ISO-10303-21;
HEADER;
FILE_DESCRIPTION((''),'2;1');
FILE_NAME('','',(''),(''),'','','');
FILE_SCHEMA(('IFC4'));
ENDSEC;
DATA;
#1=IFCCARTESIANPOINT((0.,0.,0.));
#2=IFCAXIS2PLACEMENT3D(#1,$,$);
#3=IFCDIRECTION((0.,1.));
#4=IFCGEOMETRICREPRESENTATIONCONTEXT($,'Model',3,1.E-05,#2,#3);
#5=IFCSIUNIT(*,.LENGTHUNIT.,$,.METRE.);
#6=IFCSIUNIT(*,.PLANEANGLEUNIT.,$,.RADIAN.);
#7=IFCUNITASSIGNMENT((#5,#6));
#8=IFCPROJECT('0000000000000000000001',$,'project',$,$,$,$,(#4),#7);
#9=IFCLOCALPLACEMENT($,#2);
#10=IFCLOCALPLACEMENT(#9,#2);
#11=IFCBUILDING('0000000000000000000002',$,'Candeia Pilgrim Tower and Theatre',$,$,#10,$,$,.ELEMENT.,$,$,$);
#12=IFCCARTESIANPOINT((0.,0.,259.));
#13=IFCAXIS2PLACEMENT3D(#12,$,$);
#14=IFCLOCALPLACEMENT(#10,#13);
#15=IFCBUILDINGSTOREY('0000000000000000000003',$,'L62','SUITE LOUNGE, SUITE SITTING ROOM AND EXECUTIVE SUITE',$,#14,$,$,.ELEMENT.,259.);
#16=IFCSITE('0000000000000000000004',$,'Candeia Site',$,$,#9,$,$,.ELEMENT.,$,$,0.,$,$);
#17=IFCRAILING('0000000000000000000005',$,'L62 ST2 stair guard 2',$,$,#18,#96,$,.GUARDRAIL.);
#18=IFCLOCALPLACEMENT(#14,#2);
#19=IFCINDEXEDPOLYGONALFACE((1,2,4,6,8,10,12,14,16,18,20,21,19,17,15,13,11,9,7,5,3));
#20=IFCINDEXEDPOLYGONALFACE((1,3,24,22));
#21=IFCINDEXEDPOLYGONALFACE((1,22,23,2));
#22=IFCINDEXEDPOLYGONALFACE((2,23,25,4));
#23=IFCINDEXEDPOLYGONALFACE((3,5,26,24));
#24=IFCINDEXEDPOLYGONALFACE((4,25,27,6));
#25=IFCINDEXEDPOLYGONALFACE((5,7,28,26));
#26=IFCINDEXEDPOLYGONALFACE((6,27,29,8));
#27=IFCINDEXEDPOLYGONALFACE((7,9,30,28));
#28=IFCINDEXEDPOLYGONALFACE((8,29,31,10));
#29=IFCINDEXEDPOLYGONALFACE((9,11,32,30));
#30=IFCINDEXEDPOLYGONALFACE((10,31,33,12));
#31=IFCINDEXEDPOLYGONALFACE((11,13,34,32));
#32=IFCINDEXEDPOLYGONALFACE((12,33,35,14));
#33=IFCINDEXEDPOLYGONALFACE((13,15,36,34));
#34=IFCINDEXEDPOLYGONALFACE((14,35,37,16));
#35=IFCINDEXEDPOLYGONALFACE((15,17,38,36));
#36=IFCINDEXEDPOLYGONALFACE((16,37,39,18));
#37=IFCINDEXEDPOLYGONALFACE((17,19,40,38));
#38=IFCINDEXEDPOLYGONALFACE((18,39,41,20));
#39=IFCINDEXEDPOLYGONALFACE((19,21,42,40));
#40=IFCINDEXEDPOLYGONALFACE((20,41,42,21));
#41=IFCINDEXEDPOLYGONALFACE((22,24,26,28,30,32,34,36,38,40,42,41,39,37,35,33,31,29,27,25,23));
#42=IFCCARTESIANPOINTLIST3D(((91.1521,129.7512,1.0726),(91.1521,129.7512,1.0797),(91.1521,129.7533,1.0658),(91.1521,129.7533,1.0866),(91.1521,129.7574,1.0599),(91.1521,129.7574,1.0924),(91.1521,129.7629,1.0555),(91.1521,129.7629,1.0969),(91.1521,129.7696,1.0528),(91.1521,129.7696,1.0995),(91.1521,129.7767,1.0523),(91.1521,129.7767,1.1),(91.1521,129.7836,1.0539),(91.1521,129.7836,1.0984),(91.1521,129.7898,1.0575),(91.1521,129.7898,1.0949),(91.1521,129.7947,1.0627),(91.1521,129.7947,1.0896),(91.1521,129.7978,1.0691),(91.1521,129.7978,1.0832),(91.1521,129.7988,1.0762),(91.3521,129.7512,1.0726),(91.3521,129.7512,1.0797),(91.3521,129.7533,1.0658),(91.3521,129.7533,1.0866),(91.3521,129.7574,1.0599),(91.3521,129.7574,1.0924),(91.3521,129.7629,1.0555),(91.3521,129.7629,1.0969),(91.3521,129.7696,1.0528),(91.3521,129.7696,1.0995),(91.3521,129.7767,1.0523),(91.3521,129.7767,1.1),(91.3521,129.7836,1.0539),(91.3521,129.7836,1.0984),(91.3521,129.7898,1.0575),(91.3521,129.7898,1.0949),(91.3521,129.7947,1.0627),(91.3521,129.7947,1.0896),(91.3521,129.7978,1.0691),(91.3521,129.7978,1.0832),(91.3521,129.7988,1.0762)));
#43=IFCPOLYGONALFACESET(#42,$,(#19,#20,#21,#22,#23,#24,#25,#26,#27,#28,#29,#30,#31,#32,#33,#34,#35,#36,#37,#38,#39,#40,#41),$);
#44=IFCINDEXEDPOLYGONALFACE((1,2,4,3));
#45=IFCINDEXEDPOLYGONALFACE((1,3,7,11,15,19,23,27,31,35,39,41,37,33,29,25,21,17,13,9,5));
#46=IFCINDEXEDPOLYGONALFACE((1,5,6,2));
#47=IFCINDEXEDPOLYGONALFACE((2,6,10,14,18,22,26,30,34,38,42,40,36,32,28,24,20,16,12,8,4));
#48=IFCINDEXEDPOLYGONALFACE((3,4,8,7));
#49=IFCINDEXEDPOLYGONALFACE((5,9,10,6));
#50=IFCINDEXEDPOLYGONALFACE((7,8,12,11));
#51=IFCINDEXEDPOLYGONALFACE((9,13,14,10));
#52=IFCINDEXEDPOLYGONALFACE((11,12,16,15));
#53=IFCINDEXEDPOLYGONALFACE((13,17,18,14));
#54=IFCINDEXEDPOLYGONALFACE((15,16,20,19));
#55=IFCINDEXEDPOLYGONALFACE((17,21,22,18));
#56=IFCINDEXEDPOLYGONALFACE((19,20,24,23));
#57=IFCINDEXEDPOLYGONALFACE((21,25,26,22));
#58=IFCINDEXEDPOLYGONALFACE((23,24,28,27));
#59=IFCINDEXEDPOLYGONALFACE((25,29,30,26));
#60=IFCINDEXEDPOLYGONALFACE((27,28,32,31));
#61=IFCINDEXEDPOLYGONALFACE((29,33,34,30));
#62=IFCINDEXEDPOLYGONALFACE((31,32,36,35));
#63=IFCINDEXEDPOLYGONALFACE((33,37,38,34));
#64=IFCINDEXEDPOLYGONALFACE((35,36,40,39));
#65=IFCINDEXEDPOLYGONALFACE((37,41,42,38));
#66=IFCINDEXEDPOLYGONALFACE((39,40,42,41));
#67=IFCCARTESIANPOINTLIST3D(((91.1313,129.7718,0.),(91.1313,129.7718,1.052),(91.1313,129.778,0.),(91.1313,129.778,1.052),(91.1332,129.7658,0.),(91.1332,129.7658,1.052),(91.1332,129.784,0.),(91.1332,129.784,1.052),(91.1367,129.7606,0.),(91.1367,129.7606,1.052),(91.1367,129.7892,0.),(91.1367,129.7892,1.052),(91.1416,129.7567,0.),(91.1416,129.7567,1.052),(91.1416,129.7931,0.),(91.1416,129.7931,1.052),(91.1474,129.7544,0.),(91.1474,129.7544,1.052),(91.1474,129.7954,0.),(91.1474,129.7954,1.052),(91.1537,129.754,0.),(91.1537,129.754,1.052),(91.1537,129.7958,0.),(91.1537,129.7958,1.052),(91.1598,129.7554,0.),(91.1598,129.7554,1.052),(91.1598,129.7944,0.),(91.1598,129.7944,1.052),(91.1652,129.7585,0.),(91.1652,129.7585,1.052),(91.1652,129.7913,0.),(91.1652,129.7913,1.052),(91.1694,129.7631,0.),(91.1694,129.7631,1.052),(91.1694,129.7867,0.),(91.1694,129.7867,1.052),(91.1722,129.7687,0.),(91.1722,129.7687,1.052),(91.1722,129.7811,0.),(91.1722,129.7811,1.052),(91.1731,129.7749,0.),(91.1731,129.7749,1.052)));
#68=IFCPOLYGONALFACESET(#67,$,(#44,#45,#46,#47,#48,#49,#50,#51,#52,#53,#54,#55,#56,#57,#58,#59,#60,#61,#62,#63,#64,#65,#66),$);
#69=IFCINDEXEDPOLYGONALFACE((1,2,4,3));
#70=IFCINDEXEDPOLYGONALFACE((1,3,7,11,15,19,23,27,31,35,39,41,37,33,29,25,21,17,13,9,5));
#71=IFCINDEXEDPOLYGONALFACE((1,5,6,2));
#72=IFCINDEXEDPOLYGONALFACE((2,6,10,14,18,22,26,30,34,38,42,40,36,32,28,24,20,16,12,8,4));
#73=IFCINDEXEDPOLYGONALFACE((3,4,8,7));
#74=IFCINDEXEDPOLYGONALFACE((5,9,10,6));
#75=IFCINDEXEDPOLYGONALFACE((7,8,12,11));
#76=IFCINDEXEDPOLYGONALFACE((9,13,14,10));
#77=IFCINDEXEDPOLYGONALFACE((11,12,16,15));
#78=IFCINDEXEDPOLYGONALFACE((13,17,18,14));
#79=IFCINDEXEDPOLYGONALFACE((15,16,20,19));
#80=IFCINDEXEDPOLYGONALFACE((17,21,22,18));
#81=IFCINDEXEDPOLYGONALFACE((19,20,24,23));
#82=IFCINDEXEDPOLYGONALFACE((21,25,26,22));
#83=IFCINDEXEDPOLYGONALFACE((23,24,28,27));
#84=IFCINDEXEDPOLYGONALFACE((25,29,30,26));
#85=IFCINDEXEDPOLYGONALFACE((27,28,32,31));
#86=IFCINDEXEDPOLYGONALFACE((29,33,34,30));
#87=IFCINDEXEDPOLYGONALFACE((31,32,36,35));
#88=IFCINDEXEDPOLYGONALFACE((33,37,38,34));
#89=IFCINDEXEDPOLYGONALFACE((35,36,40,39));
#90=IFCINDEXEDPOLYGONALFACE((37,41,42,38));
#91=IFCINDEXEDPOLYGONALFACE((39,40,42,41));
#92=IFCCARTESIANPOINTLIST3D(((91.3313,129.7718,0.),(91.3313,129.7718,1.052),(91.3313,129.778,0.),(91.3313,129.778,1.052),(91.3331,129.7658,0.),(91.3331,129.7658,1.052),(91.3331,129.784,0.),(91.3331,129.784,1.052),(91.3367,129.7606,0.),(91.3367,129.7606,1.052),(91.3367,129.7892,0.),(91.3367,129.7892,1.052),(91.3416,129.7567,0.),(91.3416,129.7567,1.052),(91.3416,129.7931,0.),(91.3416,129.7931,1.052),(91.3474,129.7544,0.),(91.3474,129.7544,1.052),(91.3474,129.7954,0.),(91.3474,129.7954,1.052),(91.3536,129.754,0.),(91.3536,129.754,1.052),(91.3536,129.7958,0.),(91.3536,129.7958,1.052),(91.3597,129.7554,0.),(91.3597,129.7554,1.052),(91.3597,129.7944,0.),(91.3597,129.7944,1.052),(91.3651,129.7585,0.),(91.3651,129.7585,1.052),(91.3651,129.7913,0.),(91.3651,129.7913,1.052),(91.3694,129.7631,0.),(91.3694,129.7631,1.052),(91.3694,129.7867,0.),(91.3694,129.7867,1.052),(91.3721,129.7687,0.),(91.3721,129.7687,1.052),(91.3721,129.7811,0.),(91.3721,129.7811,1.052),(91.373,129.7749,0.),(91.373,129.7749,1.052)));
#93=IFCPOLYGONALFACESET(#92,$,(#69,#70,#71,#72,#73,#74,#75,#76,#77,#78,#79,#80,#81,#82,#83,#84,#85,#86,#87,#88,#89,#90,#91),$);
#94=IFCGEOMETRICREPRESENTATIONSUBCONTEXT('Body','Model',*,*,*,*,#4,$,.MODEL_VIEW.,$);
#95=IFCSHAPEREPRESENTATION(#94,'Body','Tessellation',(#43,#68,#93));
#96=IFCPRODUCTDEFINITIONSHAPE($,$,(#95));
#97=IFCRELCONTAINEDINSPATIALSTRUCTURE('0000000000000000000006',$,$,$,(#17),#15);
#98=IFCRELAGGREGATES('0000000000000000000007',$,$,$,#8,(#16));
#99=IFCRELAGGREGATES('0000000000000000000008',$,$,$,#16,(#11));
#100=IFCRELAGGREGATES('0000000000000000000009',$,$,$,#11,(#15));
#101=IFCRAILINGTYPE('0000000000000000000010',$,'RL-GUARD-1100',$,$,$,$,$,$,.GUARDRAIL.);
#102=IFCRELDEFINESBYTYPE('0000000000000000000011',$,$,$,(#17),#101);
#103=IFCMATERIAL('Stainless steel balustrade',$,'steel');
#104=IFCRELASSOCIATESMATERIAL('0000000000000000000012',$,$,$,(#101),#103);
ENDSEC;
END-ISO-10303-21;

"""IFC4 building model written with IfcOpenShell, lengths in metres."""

from ifc_helpers import new_model, si_unit, direction, frame, origin, origin_2d, place, context, subcontext, project, spatial, circle, extrude, material, type_object, element, save


model = new_model("IFC4")

# Units and contexts
model_context = context("Model", 3, precision=1e-05, world=origin(), true_north=direction((0.0, 1.0)))
body_context = subcontext(model_context, "Body", "Model", "MODEL_VIEW")
ifc_project = project(units=[si_unit("LENGTHUNIT", "METRE"), si_unit("PLANEANGLEUNIT", "RADIAN")], contexts=[model_context])

# Site, building, storey
site_placement = place(None, origin())
site = spatial("IfcSite", under=ifc_project, at=site_placement, Name="Candeia Site", CompositionType="ELEMENT", RefElevation=0.0)
building_placement = place(site_placement, origin())
building = spatial("IfcBuilding", under=site, at=building_placement, Name="Candeia Pilgrim Tower and Theatre", CompositionType="ELEMENT")
storey_placement = place(building_placement, frame((0.0, 0.0, 259.0)))
storey = spatial("IfcBuildingStorey", under=building, at=storey_placement, Name="L62", Description="SUITE LOUNGE, SUITE SITTING ROOM AND EXECUTIVE SUITE", CompositionType="ELEMENT", Elevation=259.0)

# Shared definitions
ifc_material_1 = material(Name="Stainless steel balustrade", Category="steel")

# Railing
railing_type_1 = type_object("IfcRailingType", Name="RL-GUARD-1100", PredefinedType="GUARDRAIL", material=ifc_material_1)
railing_1_placement = place(storey_placement, frame((91.1521, 129.7749, 0.0)))
element("IfcRailing", 1, at=railing_1_placement, inside=storey, type_object=railing_type_1, Name="L62 ST2 stair guard 2", PredefinedType="GUARDRAIL", context=body_context, shape_type="SweptSolid", body=[
    extrude(circle(Radius=0.0239, at=origin_2d()), frame((0.0, 0.0, 1.0762), z_axis=(1.0, 0.0, 0.0), x_axis=(0.0, 1.0, 0.0)), (0.0, 0.0, 1.0), 0.2),
    extrude(circle(Radius=0.021, at=origin_2d()), origin(), (0.0, 0.0, 1.0), 1.052),
    extrude(circle(Radius=0.021, at=origin_2d()), frame((0.2, 0.0, 0.0)), (0.0, 0.0, 1.0), 1.052),
])

save(model, "model.ifc")
